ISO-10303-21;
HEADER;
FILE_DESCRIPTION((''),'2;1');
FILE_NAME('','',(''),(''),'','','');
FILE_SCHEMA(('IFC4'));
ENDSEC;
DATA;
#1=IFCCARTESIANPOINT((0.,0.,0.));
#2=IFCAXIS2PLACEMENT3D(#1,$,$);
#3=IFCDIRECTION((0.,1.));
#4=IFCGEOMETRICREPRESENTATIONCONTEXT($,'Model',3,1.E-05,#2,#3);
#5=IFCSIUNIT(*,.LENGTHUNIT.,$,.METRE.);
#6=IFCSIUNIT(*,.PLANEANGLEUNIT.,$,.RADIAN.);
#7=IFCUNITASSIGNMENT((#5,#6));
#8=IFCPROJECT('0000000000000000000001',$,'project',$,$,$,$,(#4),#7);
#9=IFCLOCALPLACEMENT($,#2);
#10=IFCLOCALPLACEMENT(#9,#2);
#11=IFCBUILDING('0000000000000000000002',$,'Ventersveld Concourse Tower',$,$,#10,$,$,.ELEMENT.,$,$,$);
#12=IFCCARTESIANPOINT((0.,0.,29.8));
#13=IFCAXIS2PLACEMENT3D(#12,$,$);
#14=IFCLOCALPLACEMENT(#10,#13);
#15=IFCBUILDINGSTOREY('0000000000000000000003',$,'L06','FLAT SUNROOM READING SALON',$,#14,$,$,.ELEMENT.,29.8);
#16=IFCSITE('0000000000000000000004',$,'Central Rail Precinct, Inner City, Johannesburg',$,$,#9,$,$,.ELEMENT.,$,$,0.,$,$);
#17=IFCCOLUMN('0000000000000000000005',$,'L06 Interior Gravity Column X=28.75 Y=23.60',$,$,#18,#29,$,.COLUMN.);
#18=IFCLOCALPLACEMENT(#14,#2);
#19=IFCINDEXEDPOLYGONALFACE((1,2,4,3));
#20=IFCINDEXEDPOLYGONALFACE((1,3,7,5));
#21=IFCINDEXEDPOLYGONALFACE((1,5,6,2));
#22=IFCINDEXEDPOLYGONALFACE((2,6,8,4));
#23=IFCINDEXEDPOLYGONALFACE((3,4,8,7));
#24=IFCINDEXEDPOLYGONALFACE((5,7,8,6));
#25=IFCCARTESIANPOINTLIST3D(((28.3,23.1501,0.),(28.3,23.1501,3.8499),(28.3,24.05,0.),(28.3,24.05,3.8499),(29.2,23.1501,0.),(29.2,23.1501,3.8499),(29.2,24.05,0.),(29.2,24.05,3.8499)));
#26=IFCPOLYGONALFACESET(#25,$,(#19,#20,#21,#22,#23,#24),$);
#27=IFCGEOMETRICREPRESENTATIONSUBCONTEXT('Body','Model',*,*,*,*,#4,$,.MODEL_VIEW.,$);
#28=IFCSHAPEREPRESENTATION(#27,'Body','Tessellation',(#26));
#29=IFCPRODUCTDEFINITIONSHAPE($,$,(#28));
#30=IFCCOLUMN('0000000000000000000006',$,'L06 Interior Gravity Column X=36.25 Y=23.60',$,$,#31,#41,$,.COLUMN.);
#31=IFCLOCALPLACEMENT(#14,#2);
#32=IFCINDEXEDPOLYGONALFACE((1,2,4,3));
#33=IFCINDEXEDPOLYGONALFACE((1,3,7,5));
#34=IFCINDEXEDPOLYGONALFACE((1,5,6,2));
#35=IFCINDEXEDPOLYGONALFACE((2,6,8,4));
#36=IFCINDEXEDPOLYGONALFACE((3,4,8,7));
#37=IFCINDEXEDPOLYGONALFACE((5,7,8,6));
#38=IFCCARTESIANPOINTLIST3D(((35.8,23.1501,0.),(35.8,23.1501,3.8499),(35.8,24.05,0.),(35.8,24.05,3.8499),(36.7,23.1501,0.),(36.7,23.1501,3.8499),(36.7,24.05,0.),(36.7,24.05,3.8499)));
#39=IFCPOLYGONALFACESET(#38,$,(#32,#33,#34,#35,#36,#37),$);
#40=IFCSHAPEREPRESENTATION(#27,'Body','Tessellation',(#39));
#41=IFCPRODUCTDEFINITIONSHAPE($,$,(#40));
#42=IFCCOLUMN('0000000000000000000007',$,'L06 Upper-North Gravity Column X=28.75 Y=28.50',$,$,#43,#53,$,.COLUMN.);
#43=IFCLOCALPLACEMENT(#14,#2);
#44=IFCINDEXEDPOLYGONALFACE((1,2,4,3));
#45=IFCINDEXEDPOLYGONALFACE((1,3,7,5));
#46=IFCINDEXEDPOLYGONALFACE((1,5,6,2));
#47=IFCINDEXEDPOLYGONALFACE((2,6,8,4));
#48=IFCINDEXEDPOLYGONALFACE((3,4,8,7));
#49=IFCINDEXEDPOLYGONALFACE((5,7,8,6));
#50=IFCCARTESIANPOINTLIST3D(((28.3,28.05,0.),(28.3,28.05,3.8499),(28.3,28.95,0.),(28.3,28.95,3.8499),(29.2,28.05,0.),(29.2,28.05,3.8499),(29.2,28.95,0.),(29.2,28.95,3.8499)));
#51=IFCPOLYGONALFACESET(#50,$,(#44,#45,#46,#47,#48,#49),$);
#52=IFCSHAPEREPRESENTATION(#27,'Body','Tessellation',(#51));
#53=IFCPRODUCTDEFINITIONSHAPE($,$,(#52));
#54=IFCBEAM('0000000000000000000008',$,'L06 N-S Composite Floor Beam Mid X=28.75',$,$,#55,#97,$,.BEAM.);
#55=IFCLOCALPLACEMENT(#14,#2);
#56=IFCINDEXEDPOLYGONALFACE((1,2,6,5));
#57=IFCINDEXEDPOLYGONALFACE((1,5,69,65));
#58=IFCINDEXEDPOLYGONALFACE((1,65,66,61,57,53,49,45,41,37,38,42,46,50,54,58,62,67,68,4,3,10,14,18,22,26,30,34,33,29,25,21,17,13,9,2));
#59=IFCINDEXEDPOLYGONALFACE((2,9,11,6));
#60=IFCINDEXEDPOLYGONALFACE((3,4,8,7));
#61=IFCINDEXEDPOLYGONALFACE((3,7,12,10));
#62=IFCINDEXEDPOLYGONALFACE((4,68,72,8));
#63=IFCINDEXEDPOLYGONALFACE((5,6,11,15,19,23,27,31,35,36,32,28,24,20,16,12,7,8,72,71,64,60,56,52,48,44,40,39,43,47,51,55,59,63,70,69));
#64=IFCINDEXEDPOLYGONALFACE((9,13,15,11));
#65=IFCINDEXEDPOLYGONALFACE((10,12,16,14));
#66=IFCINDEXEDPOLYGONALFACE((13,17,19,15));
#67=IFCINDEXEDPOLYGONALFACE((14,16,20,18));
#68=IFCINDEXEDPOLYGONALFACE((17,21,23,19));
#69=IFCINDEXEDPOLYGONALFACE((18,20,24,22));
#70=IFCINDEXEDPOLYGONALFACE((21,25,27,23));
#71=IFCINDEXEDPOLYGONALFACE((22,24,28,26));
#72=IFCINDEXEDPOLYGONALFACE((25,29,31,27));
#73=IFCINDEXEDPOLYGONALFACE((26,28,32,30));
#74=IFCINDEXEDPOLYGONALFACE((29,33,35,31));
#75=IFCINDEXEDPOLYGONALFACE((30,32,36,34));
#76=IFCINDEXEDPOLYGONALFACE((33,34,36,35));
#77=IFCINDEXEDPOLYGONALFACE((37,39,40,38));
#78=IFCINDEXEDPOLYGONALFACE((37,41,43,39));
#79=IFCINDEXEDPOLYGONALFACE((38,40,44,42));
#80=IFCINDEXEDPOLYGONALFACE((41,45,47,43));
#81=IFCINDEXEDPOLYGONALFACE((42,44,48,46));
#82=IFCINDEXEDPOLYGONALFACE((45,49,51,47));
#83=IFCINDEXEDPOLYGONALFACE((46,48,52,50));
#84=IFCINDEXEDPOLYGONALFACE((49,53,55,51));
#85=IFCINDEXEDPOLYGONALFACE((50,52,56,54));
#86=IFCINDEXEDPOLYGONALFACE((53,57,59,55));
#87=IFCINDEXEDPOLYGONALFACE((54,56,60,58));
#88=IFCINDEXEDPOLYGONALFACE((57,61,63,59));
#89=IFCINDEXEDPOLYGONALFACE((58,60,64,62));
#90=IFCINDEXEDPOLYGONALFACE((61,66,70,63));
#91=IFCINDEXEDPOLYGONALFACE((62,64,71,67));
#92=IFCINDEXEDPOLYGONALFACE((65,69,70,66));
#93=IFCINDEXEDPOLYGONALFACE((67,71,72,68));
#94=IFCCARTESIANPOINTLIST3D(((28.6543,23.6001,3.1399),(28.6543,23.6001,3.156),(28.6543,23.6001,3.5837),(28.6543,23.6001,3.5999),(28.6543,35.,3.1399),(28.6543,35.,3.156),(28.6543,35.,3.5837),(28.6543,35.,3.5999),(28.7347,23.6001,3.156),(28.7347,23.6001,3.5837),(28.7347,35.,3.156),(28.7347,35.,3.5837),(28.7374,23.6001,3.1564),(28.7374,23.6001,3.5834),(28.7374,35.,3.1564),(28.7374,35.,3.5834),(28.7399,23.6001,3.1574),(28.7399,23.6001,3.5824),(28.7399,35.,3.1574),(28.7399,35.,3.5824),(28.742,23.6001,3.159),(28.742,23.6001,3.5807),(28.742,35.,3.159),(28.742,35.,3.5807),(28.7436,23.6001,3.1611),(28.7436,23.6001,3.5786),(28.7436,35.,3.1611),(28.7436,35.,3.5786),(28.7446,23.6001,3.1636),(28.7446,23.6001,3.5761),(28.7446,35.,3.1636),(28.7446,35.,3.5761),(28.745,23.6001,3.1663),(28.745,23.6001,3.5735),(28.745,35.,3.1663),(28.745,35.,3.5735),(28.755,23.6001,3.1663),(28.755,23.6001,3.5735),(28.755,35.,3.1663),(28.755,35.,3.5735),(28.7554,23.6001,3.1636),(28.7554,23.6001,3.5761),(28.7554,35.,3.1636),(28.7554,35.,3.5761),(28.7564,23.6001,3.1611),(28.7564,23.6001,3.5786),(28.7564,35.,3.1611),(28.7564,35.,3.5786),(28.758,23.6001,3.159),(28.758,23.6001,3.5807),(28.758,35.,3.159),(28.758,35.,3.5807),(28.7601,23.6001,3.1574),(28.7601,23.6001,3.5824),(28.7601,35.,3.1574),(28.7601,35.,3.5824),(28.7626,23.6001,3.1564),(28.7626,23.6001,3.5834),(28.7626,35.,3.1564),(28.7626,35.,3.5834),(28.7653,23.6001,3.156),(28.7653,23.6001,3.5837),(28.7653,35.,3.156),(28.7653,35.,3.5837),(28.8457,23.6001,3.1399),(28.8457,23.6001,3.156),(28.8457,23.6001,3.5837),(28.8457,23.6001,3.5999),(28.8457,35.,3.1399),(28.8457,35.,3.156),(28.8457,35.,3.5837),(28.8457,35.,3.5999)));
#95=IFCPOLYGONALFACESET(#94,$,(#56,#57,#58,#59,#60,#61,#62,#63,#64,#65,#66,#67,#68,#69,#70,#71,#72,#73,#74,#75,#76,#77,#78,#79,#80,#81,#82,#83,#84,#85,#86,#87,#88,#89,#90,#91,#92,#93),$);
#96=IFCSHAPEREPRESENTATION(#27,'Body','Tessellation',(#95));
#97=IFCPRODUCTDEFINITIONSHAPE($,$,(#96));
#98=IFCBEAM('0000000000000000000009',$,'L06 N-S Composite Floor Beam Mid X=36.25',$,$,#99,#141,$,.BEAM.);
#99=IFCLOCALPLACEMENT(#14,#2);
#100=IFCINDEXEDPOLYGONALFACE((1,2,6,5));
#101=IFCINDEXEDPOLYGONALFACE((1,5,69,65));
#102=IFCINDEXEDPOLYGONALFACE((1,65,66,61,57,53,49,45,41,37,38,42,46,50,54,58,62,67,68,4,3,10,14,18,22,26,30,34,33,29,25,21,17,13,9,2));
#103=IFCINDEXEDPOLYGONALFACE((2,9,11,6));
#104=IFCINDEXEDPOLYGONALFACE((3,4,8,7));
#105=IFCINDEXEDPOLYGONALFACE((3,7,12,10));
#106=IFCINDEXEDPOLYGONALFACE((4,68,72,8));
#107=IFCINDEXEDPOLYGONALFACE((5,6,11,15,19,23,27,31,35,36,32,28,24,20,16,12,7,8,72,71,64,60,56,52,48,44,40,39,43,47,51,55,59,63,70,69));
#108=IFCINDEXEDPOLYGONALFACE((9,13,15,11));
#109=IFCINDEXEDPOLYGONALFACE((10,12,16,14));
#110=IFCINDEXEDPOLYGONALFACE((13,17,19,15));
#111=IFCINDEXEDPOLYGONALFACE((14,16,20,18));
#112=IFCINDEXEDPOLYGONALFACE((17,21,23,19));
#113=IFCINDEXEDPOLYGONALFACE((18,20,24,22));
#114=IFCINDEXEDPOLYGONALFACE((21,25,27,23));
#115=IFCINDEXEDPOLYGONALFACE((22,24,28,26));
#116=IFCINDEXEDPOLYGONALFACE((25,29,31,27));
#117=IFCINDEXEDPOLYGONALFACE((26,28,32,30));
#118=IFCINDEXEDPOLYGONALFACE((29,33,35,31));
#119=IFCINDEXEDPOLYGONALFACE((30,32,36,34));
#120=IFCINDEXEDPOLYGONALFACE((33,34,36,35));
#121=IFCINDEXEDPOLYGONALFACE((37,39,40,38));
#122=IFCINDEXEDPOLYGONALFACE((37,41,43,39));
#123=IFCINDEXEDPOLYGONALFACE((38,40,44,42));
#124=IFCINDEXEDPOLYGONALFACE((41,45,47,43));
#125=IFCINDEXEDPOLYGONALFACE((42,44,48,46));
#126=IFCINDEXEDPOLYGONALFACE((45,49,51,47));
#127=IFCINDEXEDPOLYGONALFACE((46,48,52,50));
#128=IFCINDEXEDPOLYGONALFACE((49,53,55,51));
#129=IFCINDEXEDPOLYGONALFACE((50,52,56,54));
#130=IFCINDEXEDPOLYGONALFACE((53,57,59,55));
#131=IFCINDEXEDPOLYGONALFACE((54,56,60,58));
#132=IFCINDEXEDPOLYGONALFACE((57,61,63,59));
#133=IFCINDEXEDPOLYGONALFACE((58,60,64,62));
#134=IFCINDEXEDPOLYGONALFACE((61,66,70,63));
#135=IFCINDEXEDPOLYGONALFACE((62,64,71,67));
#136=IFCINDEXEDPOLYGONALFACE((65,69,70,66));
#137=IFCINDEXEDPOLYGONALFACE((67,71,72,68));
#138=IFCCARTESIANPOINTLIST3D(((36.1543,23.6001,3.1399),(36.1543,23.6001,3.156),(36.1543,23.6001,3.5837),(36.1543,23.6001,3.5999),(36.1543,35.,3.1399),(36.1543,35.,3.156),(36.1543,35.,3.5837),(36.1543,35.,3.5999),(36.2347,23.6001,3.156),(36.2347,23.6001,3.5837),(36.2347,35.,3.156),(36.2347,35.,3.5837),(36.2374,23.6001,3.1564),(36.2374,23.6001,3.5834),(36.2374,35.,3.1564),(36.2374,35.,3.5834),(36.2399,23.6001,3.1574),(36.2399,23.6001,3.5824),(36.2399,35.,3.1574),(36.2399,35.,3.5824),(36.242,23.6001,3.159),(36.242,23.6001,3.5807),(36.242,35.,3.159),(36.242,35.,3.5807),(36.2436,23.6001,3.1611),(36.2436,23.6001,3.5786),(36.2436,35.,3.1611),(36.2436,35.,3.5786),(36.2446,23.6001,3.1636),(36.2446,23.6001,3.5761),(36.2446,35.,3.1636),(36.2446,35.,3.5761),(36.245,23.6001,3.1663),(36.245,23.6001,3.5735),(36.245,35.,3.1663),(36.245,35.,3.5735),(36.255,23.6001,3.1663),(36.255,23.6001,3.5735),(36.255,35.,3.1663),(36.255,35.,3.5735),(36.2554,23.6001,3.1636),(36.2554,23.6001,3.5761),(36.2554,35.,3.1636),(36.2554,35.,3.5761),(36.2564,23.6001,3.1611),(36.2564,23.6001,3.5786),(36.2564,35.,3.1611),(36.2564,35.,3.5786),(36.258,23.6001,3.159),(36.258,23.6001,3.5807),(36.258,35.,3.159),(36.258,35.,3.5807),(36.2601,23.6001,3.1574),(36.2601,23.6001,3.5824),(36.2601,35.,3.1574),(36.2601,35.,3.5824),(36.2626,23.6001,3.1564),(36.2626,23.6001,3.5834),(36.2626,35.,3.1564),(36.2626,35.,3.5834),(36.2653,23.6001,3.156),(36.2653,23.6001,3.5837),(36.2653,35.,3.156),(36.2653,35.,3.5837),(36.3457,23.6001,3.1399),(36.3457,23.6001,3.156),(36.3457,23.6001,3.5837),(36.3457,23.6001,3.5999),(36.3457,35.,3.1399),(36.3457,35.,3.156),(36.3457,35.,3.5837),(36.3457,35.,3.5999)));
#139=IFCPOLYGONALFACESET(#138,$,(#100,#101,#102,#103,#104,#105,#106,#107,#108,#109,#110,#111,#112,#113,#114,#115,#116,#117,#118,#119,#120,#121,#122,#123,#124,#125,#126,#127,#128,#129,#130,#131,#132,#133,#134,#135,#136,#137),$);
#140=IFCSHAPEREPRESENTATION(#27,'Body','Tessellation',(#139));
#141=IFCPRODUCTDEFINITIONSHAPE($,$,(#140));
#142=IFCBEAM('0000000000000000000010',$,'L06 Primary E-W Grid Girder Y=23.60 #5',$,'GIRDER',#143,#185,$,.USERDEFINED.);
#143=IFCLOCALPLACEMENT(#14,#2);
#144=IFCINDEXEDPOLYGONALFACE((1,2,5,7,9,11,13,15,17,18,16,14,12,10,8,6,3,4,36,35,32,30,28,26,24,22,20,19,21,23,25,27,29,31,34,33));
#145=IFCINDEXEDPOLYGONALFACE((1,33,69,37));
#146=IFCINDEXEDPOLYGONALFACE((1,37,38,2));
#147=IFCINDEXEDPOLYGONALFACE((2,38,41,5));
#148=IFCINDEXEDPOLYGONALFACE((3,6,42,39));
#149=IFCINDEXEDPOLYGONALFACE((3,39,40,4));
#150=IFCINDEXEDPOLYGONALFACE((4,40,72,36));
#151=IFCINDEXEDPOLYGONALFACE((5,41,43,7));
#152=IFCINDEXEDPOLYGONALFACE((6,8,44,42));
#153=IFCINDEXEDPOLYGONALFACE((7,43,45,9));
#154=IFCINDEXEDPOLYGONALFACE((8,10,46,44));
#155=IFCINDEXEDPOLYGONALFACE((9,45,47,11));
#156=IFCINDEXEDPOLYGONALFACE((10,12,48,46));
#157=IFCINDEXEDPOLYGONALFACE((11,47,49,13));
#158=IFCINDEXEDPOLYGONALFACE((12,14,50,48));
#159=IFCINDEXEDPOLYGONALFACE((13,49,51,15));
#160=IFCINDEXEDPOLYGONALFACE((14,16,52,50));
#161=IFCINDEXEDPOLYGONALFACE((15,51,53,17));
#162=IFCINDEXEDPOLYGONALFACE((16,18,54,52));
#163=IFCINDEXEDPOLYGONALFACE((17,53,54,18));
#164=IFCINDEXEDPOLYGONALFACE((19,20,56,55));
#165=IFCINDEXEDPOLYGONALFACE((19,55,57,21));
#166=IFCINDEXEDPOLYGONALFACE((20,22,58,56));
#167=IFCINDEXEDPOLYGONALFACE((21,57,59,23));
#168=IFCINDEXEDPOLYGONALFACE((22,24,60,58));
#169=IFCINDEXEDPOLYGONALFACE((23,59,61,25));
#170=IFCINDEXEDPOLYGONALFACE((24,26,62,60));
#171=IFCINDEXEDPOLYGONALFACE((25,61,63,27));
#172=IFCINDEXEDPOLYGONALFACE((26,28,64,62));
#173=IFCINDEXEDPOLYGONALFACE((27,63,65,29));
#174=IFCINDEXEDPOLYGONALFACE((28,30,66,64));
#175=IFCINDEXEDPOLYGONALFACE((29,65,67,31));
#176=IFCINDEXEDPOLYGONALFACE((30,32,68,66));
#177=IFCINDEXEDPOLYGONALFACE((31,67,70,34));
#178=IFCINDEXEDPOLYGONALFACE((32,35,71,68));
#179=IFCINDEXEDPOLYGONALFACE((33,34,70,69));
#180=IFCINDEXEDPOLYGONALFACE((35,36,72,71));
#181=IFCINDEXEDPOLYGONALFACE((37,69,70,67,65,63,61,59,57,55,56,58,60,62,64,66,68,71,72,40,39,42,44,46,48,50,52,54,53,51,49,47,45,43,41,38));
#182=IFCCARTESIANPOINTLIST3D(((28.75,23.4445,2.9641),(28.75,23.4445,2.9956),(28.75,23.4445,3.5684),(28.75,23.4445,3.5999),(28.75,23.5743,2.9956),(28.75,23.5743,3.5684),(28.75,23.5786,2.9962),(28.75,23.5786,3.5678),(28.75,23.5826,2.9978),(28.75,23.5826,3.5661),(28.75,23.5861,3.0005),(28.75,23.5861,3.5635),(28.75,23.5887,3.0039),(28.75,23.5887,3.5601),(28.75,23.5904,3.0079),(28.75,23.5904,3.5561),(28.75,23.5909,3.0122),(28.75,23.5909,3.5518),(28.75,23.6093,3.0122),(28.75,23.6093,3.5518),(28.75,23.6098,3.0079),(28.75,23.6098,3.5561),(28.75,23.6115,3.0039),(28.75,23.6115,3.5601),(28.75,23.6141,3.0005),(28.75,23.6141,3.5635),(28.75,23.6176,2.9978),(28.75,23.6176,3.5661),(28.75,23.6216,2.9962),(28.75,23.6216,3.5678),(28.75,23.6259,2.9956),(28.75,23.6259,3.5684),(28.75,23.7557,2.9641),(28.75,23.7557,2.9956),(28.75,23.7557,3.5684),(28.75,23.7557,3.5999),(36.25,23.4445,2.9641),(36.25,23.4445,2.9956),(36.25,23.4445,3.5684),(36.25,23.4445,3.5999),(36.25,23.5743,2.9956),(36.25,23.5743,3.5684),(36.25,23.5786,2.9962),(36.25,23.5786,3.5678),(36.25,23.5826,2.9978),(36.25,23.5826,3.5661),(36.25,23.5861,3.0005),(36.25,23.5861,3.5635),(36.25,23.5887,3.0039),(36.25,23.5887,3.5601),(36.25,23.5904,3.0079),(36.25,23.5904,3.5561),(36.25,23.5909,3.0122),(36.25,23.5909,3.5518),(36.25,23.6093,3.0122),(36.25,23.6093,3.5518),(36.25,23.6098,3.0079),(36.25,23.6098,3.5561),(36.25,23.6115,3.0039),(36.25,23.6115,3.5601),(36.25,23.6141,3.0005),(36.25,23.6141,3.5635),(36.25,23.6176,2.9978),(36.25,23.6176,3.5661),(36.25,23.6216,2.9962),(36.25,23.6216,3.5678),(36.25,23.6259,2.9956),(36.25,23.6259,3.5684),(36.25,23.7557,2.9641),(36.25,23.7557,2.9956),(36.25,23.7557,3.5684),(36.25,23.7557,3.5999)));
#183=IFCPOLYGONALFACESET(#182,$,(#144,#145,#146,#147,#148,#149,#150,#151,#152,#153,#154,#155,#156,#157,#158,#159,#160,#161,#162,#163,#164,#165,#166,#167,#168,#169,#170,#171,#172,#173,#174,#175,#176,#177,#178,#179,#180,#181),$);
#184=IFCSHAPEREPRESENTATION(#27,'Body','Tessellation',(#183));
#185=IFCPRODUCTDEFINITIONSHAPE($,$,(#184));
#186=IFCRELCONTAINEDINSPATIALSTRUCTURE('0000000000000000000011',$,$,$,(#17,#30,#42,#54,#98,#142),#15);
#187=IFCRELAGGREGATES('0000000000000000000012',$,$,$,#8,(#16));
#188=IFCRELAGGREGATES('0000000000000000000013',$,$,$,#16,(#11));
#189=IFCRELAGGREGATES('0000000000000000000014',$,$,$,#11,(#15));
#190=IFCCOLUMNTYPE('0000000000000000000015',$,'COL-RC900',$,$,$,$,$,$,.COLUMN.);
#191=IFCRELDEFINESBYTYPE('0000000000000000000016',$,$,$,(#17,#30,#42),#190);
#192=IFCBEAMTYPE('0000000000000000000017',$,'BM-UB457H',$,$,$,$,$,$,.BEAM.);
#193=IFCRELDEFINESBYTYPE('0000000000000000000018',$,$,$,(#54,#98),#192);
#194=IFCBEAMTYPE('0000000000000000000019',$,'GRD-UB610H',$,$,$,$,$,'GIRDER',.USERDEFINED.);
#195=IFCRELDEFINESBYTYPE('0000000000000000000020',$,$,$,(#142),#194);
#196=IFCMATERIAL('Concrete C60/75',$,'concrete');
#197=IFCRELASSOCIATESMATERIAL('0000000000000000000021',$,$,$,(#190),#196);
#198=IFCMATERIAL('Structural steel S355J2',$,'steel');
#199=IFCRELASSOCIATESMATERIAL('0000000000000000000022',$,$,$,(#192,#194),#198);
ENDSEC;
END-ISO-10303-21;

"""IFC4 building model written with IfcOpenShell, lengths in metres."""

from ifc_helpers import new_model, si_unit, direction, frame, origin, origin_2d, place, context, subcontext, project, spatial, rectangle, i_section, extrude, material, material_profile, profile_set, type_object, element, save


model = new_model("IFC4")

# Units and contexts
model_context = context("Model", 3, precision=1e-05, world=origin(), true_north=direction((0.0, 1.0)))
body_context = subcontext(model_context, "Body", "Model", "MODEL_VIEW")
ifc_project = project(units=[si_unit("LENGTHUNIT", "METRE"), si_unit("PLANEANGLEUNIT", "RADIAN")], contexts=[model_context])

# Site, building, storey
site_placement = place(None, origin())
site = spatial("IfcSite", under=ifc_project, at=site_placement, Name="Central Rail Precinct, Inner City, Johannesburg", CompositionType="ELEMENT", RefElevation=0.0)
building_placement = place(site_placement, origin())
building = spatial("IfcBuilding", under=site, at=building_placement, Name="Ventersveld Concourse Tower", CompositionType="ELEMENT")
storey_placement = place(building_placement, frame((0.0, 0.0, 29.8)))
storey = spatial("IfcBuildingStorey", under=building, at=storey_placement, Name="L06", Description="FLAT SUNROOM READING SALON", CompositionType="ELEMENT", Elevation=29.8)

# Columns
ifc_material_1 = material(Name="Concrete C60/75", Category="concrete")
ifc_material_profile_1 = material_profile(ifc_material_1, rectangle(XDim=0.8999, YDim=0.8999, at=origin_2d()), Name="RC 900x900")
ifc_profile_set_1 = profile_set([ifc_material_profile_1], Name="Concrete C60/75")
column_type = type_object("IfcColumnType", Name="COL-RC900", PredefinedType="COLUMN", material=ifc_profile_set_1)
for number, where, z_axis, x_axis, name in (
    (1, (28.75, 23.6001, 0.0), (0.0, 0.0, 1.0), (1.0, 0.0, 0.0), "L06 Interior Gravity Column X=28.75 Y=23.60"),
    (2, (36.25, 23.6001, 0.0), (0.0, 0.0, 1.0), (1.0, 0.0, 0.0), "L06 Interior Gravity Column X=36.25 Y=23.60"),
    (3, (28.75, 28.5, 0.0), (0.0, 0.0, 1.0), (1.0, 0.0, 0.0), "L06 Upper-North Gravity Column X=28.75 Y=28.50"),
):
    element("IfcColumn", number, at=place(storey_placement, frame(where, z_axis=z_axis, x_axis=x_axis)), inside=storey, type_object=column_type, Name=name, PredefinedType="COLUMN", context=body_context, shape_type="SweptSolid", body=[
        extrude(rectangle(XDim=0.8999, YDim=0.8999, at=origin_2d()), origin(), (0.0, 0.0, 1.0), 3.8499),
    ])

# Beams
ifc_material_2 = material(Name="Structural steel S355J2", Category="steel")
ifc_material_profile_2 = material_profile(ifc_material_2, i_section(OverallWidth=0.1914, OverallDepth=0.46, WebThickness=0.01, FlangeThickness=0.0161, FilletRadius=0.0103, at=origin_2d()), Name="UB 457x191x82")
ifc_profile_set_2 = profile_set([ifc_material_profile_2], Name="Structural steel S355J2")
beam_type_1 = type_object("IfcBeamType", Name="BM-UB457H", PredefinedType="BEAM", material=ifc_profile_set_2)
for number, where, z_axis, x_axis, name in (
    (4, (28.75, 23.6001, 3.3699), (0.0, 1.0, 0.0), (-1.0, 0.0, 0.0), "L06 N-S Composite Floor Beam Mid X=28.75"),
    (5, (36.25, 23.6001, 3.3699), (0.0, 1.0, 0.0), (-1.0, 0.0, 0.0), "L06 N-S Composite Floor Beam Mid X=36.25"),
):
    element("IfcBeam", number, at=place(storey_placement, frame(where, z_axis=z_axis, x_axis=x_axis)), inside=storey, type_object=beam_type_1, Name=name, PredefinedType="BEAM", context=body_context, shape_type="SweptSolid", body=[
        extrude(i_section(OverallWidth=0.1914, OverallDepth=0.46, WebThickness=0.01, FlangeThickness=0.0161, FilletRadius=0.0103, at=origin_2d()), origin(), (0.0, 0.0, 1.0), 11.3999),
    ])
ifc_material_profile_3 = material_profile(ifc_material_2, i_section(OverallWidth=0.3113, OverallDepth=0.6357, WebThickness=0.0183, FlangeThickness=0.0315, FilletRadius=0.0166, at=origin_2d()), Name="UB 610x305x238")
ifc_profile_set_3 = profile_set([ifc_material_profile_3], Name="Structural steel S355J2")
beam_type_2 = type_object("IfcBeamType", Name="GRD-UB610H", ElementType="GIRDER", PredefinedType="USERDEFINED", material=ifc_profile_set_3)
for number, where, z_axis, x_axis, name in (
    (6, (28.75, 23.6001, 3.282), (1.0, 0.0, 0.0), (0.0, 1.0, 0.0), "L06 Primary E-W Grid Girder Y=23.60 #5"),
):
    element("IfcBeam", number, at=place(storey_placement, frame(where, z_axis=z_axis, x_axis=x_axis)), inside=storey, type_object=beam_type_2, Name=name, ObjectType="GIRDER", PredefinedType="USERDEFINED", context=body_context, shape_type="SweptSolid", body=[
        extrude(i_section(OverallWidth=0.3113, OverallDepth=0.6357, WebThickness=0.0183, FlangeThickness=0.0315, FilletRadius=0.0166, at=origin_2d()), origin(), (0.0, 0.0, 1.0), 7.5),
    ])

save(model, "model.ifc")
